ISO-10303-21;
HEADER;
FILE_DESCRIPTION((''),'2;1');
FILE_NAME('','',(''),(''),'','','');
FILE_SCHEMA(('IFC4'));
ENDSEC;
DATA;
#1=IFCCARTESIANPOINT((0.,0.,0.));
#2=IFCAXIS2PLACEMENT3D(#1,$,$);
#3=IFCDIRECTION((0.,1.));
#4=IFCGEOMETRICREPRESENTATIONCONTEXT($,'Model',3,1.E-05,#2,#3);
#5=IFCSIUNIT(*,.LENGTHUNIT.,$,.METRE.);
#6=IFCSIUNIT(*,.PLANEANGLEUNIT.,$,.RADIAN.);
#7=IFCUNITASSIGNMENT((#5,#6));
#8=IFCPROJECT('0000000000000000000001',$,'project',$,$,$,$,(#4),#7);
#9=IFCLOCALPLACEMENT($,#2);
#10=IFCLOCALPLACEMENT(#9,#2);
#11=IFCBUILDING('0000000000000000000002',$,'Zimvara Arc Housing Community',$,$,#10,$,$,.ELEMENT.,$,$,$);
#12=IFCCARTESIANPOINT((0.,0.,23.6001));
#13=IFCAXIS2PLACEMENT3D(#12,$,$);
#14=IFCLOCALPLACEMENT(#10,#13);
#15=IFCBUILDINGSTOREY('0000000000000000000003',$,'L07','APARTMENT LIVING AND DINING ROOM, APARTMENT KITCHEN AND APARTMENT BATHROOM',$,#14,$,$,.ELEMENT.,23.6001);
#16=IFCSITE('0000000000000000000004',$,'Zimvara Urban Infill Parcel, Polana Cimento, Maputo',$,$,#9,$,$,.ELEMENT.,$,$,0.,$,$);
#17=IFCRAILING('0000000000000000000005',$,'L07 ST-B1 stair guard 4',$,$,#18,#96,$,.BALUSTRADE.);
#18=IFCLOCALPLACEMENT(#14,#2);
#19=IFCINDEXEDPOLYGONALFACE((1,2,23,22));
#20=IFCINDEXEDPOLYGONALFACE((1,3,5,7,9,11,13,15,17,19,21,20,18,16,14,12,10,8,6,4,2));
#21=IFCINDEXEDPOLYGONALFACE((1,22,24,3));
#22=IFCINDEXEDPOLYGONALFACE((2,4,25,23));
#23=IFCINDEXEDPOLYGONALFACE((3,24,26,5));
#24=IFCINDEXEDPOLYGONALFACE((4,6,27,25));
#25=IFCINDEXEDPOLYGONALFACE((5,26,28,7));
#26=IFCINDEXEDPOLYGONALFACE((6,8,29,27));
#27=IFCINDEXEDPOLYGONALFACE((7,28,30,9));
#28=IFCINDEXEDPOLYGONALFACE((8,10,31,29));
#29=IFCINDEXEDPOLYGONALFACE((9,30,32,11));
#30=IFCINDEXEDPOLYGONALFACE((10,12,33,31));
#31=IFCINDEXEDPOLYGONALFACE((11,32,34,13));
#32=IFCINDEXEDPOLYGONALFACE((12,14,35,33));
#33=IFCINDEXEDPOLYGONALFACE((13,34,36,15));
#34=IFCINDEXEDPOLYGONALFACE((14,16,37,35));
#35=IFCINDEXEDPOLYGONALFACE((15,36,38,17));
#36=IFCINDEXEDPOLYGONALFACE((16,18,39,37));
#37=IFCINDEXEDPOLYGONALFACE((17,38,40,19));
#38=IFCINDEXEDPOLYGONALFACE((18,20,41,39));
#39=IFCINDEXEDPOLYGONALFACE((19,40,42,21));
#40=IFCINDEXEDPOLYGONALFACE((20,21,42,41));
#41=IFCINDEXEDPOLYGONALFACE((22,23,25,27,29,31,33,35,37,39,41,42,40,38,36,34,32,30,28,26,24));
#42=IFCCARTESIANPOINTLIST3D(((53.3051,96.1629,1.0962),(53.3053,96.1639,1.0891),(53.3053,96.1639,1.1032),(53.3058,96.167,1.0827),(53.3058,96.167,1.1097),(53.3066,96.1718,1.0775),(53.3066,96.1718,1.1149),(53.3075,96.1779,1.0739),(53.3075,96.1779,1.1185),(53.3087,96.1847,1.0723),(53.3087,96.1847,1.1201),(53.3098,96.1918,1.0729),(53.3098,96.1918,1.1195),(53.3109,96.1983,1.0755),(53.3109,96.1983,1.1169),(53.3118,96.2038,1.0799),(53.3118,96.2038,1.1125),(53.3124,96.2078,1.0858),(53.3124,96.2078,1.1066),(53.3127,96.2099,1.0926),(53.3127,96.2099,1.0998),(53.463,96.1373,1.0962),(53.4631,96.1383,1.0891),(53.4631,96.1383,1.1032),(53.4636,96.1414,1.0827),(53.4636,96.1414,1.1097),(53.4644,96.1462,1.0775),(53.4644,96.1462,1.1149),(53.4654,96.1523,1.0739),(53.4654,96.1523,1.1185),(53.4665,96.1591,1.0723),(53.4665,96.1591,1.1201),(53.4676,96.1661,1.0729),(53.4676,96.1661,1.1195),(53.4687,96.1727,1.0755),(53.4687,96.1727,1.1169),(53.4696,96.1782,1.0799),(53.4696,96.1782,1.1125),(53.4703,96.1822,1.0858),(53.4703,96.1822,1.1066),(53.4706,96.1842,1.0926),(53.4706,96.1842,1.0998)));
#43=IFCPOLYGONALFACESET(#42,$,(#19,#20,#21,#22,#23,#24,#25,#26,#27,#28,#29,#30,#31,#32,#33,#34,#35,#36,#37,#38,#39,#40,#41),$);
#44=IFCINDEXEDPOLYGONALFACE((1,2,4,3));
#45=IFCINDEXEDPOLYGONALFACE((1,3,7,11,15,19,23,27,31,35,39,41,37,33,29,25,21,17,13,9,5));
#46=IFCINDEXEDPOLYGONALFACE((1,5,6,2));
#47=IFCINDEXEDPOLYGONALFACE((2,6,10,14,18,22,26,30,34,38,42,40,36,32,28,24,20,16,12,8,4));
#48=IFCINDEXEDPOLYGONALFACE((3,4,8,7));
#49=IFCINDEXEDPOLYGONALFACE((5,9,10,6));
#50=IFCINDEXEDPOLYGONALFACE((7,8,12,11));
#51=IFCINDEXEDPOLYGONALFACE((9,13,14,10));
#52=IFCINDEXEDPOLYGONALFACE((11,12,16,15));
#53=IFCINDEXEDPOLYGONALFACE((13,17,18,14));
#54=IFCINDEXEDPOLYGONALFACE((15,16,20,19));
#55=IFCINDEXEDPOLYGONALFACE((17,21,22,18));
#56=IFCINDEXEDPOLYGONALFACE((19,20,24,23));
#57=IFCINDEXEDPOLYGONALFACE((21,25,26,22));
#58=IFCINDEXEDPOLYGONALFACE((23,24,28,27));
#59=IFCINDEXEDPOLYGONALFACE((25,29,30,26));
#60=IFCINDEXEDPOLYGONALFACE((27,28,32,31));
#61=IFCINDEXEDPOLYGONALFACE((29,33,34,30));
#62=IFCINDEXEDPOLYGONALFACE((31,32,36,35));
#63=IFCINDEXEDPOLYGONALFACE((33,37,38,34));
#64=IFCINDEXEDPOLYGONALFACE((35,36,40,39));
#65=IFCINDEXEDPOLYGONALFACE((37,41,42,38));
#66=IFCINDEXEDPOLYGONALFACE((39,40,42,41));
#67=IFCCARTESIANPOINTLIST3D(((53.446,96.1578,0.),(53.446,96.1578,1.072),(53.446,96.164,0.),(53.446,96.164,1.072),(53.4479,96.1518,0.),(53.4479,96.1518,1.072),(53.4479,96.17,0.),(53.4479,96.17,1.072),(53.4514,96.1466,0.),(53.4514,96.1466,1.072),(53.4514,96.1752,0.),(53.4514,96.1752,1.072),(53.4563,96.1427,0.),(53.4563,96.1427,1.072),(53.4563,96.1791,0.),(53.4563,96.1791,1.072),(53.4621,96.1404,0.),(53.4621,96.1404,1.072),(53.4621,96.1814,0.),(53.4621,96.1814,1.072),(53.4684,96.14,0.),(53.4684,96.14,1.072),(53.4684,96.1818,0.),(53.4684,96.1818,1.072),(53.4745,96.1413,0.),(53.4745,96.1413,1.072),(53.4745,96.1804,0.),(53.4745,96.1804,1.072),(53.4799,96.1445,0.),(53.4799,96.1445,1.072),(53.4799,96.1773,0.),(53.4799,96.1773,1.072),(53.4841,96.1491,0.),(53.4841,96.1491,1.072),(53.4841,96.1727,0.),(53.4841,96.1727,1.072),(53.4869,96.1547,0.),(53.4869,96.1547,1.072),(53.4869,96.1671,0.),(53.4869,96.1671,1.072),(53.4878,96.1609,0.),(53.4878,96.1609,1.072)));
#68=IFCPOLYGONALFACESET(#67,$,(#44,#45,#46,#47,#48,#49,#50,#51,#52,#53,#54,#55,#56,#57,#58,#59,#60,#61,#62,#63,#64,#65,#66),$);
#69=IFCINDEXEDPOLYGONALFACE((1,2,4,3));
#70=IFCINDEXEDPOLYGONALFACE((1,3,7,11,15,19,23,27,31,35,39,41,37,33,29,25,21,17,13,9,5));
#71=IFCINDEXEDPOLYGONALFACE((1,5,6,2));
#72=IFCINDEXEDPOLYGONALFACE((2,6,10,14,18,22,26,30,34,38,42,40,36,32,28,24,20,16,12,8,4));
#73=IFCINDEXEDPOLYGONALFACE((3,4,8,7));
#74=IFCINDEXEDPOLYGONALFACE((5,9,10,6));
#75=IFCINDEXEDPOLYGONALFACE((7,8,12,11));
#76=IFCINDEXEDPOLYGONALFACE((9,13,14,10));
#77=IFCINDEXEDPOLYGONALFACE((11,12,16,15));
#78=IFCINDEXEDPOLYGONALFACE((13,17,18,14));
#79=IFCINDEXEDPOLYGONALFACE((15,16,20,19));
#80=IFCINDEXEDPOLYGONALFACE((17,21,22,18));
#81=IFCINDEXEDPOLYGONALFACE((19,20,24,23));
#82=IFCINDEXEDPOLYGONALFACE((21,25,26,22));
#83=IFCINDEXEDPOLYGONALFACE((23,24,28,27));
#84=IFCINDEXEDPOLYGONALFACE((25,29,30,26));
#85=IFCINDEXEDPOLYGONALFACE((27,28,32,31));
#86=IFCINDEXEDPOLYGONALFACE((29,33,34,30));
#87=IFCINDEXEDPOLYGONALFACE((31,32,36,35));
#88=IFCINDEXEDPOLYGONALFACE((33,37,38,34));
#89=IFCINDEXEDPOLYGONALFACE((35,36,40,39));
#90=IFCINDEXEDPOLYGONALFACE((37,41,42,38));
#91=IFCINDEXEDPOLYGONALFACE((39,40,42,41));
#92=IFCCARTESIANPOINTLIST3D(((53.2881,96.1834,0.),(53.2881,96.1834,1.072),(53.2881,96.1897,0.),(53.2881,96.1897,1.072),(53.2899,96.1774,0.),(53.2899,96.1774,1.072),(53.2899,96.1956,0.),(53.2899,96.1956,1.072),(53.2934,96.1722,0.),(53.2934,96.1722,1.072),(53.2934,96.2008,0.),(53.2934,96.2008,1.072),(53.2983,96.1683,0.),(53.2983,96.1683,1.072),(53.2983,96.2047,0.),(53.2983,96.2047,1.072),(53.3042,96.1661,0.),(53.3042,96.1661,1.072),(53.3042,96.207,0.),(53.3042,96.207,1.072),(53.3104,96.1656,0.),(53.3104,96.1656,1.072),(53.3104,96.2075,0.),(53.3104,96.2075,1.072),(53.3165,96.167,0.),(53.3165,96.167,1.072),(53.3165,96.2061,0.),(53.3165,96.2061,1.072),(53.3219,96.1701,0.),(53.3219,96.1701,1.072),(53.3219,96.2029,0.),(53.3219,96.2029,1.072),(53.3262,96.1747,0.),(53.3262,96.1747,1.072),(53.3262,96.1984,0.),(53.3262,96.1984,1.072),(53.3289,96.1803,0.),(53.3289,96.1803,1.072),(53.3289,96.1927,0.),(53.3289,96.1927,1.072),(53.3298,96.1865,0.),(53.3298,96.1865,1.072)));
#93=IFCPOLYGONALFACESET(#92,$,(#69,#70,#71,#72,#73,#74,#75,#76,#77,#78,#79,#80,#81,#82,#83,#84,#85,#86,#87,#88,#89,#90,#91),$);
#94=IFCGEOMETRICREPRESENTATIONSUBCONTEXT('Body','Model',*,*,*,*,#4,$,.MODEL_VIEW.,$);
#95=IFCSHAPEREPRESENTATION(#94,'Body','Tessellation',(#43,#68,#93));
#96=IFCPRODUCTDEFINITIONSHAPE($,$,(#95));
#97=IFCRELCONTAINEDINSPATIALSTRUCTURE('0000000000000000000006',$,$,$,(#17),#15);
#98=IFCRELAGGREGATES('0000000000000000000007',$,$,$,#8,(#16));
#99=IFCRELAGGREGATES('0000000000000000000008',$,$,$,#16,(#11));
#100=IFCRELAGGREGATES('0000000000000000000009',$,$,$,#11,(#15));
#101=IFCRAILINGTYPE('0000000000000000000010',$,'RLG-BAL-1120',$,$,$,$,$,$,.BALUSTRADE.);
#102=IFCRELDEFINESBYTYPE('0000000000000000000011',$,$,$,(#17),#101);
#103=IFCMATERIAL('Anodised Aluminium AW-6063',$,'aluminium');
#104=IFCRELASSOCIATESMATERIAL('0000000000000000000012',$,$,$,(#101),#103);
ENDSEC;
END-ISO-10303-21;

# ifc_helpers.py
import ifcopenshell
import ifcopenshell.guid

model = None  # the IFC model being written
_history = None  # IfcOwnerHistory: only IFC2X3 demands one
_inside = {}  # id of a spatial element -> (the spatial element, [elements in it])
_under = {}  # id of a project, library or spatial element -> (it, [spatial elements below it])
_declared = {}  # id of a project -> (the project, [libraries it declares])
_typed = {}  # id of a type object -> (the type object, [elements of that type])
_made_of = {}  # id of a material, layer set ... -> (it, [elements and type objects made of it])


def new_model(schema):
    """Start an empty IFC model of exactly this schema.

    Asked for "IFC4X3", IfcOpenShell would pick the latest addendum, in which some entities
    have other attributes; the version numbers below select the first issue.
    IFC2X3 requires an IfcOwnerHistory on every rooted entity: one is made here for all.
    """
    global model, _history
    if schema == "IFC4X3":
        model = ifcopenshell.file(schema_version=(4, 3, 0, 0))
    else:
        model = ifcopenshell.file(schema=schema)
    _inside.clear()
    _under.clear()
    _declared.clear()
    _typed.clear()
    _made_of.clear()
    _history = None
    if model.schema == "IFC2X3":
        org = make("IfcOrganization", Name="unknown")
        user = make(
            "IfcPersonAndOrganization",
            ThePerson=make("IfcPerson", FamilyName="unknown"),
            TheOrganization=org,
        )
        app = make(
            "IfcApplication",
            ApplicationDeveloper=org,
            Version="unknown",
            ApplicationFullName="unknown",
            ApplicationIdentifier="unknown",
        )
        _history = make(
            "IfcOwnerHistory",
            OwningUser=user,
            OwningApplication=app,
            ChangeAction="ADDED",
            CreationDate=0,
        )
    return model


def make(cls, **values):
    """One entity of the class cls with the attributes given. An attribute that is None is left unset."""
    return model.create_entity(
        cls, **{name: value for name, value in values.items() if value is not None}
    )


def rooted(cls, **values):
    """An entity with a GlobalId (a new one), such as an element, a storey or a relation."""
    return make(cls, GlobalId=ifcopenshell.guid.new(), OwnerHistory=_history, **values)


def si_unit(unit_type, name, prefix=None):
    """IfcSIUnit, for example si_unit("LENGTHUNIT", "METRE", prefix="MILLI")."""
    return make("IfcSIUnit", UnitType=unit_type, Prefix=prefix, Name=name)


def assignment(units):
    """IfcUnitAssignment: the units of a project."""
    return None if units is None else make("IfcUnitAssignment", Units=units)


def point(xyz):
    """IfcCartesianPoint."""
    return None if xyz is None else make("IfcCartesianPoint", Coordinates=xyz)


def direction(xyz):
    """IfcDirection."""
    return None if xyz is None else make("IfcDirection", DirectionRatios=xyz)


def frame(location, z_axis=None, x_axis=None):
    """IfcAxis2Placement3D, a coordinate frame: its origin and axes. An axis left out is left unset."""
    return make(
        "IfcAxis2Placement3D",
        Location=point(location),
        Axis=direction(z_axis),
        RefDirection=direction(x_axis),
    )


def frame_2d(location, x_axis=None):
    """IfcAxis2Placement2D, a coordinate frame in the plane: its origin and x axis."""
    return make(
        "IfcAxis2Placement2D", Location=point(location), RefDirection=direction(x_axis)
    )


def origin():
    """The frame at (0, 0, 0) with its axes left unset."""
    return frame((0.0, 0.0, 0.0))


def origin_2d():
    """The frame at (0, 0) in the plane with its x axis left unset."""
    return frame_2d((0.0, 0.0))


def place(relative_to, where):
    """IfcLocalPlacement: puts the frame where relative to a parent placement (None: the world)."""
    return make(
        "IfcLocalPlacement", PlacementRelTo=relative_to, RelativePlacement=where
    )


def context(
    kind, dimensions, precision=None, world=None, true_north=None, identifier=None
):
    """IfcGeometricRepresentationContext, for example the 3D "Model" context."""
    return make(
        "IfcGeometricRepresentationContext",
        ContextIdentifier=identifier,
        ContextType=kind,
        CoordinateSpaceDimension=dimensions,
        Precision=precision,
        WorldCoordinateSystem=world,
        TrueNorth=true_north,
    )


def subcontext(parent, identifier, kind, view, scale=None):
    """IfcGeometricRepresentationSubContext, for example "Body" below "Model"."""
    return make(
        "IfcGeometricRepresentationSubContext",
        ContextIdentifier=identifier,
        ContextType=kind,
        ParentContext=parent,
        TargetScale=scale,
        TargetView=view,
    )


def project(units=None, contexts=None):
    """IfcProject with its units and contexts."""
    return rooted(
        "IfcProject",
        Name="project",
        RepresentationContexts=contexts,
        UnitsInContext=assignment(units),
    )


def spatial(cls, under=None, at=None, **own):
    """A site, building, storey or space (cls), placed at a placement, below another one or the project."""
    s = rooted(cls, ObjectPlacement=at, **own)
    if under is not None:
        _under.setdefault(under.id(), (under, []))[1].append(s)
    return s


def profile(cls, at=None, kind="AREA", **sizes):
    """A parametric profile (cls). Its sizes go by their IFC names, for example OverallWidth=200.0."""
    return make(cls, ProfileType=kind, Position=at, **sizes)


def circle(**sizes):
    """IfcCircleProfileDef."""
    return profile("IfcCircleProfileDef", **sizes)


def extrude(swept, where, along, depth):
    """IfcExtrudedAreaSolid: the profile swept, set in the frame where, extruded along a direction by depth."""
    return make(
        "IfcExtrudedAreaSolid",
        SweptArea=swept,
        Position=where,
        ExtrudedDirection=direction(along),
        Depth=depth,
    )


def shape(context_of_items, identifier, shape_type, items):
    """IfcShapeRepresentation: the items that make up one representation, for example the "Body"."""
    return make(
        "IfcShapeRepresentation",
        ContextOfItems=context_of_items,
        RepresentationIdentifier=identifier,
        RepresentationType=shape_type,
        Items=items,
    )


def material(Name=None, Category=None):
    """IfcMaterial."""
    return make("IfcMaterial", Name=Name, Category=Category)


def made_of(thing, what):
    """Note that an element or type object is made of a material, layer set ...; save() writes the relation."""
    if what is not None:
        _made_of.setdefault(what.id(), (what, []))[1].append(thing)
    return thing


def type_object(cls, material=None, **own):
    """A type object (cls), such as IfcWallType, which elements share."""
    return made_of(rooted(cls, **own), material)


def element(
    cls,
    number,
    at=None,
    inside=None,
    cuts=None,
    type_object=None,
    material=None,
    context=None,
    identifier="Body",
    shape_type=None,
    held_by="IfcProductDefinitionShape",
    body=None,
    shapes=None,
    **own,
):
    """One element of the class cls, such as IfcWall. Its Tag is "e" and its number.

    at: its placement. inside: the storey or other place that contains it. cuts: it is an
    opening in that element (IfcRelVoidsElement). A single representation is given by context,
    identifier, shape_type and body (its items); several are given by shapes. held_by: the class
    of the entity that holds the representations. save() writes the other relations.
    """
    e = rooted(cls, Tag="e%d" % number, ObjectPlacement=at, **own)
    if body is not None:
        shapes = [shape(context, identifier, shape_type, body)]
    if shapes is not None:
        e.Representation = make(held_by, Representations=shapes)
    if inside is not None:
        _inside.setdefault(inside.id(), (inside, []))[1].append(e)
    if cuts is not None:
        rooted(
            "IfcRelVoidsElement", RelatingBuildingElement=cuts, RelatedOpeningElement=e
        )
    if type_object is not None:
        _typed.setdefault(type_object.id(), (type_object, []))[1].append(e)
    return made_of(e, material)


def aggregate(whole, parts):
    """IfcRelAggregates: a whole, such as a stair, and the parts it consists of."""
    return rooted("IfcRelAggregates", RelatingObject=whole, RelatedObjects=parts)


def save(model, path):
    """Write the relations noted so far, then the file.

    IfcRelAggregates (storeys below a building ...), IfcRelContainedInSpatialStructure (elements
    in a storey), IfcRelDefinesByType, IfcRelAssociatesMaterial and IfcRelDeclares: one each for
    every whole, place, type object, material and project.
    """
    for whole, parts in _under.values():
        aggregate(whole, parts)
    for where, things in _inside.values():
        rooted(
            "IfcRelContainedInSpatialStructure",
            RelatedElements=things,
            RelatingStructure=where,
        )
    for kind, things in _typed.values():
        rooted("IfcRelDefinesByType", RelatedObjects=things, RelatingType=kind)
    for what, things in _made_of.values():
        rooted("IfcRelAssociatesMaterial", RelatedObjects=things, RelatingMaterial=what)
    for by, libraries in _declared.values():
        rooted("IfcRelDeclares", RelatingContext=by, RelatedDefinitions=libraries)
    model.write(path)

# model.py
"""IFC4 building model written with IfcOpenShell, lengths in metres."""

from ifc_helpers import new_model, si_unit, direction, frame, origin, origin_2d, place, context, subcontext, project, spatial, circle, extrude, material, type_object, element, save


model = new_model("IFC4")

# Units and contexts
model_context = context("Model", 3, precision=1e-05, world=origin(), true_north=direction((0.0, 1.0)))
body_context = subcontext(model_context, "Body", "Model", "MODEL_VIEW")
ifc_project = project(units=[si_unit("LENGTHUNIT", "METRE"), si_unit("PLANEANGLEUNIT", "RADIAN")], contexts=[model_context])

# Site, building, storey
site_placement = place(None, origin())
site = spatial("IfcSite", under=ifc_project, at=site_placement, Name="Zimvara Urban Infill Parcel, Polana Cimento, Maputo", CompositionType="ELEMENT", RefElevation=0.0)
building_placement = place(site_placement, origin())
building = spatial("IfcBuilding", under=site, at=building_placement, Name="Zimvara Arc Housing Community", CompositionType="ELEMENT")
storey_placement = place(building_placement, frame((0.0, 0.0, 23.6001)))
storey = spatial("IfcBuildingStorey", under=building, at=storey_placement, Name="L07", Description="APARTMENT LIVING AND DINING ROOM, APARTMENT KITCHEN AND APARTMENT BATHROOM", CompositionType="ELEMENT", Elevation=23.6001)

# Railing
ifc_material_1 = material(Name="Anodised Aluminium AW-6063", Category="aluminium")
railing_type = type_object("IfcRailingType", Name="RLG-BAL-1120", PredefinedType="BALUSTRADE", material=ifc_material_1)
railing_1_placement = place(storey_placement, frame((53.4668, 96.1609, 0.0)))
element("IfcRailing", 1, at=railing_1_placement, inside=storey, type_object=railing_type, Name="L07 ST-B1 stair guard 4", PredefinedType="BALUSTRADE", context=body_context, shape_type="SweptSolid", body=[
    extrude(circle(Radius=0.0239, at=origin_2d()), frame((0.0, 0.0, 1.0962), z_axis=(-0.987086, 0.160192, 0.0), x_axis=(-0.160192, -0.987086, 0.0)), (0.0, 0.0, 1.0), 0.1599),
    extrude(circle(Radius=0.021, at=origin_2d()), origin(), (0.0, 0.0, 1.0), 1.072),
    extrude(circle(Radius=0.021, at=origin_2d()), frame((-0.158, 0.0256, 0.0)), (0.0, 0.0, 1.0), 1.072),
])

save(model, "model.ifc")
